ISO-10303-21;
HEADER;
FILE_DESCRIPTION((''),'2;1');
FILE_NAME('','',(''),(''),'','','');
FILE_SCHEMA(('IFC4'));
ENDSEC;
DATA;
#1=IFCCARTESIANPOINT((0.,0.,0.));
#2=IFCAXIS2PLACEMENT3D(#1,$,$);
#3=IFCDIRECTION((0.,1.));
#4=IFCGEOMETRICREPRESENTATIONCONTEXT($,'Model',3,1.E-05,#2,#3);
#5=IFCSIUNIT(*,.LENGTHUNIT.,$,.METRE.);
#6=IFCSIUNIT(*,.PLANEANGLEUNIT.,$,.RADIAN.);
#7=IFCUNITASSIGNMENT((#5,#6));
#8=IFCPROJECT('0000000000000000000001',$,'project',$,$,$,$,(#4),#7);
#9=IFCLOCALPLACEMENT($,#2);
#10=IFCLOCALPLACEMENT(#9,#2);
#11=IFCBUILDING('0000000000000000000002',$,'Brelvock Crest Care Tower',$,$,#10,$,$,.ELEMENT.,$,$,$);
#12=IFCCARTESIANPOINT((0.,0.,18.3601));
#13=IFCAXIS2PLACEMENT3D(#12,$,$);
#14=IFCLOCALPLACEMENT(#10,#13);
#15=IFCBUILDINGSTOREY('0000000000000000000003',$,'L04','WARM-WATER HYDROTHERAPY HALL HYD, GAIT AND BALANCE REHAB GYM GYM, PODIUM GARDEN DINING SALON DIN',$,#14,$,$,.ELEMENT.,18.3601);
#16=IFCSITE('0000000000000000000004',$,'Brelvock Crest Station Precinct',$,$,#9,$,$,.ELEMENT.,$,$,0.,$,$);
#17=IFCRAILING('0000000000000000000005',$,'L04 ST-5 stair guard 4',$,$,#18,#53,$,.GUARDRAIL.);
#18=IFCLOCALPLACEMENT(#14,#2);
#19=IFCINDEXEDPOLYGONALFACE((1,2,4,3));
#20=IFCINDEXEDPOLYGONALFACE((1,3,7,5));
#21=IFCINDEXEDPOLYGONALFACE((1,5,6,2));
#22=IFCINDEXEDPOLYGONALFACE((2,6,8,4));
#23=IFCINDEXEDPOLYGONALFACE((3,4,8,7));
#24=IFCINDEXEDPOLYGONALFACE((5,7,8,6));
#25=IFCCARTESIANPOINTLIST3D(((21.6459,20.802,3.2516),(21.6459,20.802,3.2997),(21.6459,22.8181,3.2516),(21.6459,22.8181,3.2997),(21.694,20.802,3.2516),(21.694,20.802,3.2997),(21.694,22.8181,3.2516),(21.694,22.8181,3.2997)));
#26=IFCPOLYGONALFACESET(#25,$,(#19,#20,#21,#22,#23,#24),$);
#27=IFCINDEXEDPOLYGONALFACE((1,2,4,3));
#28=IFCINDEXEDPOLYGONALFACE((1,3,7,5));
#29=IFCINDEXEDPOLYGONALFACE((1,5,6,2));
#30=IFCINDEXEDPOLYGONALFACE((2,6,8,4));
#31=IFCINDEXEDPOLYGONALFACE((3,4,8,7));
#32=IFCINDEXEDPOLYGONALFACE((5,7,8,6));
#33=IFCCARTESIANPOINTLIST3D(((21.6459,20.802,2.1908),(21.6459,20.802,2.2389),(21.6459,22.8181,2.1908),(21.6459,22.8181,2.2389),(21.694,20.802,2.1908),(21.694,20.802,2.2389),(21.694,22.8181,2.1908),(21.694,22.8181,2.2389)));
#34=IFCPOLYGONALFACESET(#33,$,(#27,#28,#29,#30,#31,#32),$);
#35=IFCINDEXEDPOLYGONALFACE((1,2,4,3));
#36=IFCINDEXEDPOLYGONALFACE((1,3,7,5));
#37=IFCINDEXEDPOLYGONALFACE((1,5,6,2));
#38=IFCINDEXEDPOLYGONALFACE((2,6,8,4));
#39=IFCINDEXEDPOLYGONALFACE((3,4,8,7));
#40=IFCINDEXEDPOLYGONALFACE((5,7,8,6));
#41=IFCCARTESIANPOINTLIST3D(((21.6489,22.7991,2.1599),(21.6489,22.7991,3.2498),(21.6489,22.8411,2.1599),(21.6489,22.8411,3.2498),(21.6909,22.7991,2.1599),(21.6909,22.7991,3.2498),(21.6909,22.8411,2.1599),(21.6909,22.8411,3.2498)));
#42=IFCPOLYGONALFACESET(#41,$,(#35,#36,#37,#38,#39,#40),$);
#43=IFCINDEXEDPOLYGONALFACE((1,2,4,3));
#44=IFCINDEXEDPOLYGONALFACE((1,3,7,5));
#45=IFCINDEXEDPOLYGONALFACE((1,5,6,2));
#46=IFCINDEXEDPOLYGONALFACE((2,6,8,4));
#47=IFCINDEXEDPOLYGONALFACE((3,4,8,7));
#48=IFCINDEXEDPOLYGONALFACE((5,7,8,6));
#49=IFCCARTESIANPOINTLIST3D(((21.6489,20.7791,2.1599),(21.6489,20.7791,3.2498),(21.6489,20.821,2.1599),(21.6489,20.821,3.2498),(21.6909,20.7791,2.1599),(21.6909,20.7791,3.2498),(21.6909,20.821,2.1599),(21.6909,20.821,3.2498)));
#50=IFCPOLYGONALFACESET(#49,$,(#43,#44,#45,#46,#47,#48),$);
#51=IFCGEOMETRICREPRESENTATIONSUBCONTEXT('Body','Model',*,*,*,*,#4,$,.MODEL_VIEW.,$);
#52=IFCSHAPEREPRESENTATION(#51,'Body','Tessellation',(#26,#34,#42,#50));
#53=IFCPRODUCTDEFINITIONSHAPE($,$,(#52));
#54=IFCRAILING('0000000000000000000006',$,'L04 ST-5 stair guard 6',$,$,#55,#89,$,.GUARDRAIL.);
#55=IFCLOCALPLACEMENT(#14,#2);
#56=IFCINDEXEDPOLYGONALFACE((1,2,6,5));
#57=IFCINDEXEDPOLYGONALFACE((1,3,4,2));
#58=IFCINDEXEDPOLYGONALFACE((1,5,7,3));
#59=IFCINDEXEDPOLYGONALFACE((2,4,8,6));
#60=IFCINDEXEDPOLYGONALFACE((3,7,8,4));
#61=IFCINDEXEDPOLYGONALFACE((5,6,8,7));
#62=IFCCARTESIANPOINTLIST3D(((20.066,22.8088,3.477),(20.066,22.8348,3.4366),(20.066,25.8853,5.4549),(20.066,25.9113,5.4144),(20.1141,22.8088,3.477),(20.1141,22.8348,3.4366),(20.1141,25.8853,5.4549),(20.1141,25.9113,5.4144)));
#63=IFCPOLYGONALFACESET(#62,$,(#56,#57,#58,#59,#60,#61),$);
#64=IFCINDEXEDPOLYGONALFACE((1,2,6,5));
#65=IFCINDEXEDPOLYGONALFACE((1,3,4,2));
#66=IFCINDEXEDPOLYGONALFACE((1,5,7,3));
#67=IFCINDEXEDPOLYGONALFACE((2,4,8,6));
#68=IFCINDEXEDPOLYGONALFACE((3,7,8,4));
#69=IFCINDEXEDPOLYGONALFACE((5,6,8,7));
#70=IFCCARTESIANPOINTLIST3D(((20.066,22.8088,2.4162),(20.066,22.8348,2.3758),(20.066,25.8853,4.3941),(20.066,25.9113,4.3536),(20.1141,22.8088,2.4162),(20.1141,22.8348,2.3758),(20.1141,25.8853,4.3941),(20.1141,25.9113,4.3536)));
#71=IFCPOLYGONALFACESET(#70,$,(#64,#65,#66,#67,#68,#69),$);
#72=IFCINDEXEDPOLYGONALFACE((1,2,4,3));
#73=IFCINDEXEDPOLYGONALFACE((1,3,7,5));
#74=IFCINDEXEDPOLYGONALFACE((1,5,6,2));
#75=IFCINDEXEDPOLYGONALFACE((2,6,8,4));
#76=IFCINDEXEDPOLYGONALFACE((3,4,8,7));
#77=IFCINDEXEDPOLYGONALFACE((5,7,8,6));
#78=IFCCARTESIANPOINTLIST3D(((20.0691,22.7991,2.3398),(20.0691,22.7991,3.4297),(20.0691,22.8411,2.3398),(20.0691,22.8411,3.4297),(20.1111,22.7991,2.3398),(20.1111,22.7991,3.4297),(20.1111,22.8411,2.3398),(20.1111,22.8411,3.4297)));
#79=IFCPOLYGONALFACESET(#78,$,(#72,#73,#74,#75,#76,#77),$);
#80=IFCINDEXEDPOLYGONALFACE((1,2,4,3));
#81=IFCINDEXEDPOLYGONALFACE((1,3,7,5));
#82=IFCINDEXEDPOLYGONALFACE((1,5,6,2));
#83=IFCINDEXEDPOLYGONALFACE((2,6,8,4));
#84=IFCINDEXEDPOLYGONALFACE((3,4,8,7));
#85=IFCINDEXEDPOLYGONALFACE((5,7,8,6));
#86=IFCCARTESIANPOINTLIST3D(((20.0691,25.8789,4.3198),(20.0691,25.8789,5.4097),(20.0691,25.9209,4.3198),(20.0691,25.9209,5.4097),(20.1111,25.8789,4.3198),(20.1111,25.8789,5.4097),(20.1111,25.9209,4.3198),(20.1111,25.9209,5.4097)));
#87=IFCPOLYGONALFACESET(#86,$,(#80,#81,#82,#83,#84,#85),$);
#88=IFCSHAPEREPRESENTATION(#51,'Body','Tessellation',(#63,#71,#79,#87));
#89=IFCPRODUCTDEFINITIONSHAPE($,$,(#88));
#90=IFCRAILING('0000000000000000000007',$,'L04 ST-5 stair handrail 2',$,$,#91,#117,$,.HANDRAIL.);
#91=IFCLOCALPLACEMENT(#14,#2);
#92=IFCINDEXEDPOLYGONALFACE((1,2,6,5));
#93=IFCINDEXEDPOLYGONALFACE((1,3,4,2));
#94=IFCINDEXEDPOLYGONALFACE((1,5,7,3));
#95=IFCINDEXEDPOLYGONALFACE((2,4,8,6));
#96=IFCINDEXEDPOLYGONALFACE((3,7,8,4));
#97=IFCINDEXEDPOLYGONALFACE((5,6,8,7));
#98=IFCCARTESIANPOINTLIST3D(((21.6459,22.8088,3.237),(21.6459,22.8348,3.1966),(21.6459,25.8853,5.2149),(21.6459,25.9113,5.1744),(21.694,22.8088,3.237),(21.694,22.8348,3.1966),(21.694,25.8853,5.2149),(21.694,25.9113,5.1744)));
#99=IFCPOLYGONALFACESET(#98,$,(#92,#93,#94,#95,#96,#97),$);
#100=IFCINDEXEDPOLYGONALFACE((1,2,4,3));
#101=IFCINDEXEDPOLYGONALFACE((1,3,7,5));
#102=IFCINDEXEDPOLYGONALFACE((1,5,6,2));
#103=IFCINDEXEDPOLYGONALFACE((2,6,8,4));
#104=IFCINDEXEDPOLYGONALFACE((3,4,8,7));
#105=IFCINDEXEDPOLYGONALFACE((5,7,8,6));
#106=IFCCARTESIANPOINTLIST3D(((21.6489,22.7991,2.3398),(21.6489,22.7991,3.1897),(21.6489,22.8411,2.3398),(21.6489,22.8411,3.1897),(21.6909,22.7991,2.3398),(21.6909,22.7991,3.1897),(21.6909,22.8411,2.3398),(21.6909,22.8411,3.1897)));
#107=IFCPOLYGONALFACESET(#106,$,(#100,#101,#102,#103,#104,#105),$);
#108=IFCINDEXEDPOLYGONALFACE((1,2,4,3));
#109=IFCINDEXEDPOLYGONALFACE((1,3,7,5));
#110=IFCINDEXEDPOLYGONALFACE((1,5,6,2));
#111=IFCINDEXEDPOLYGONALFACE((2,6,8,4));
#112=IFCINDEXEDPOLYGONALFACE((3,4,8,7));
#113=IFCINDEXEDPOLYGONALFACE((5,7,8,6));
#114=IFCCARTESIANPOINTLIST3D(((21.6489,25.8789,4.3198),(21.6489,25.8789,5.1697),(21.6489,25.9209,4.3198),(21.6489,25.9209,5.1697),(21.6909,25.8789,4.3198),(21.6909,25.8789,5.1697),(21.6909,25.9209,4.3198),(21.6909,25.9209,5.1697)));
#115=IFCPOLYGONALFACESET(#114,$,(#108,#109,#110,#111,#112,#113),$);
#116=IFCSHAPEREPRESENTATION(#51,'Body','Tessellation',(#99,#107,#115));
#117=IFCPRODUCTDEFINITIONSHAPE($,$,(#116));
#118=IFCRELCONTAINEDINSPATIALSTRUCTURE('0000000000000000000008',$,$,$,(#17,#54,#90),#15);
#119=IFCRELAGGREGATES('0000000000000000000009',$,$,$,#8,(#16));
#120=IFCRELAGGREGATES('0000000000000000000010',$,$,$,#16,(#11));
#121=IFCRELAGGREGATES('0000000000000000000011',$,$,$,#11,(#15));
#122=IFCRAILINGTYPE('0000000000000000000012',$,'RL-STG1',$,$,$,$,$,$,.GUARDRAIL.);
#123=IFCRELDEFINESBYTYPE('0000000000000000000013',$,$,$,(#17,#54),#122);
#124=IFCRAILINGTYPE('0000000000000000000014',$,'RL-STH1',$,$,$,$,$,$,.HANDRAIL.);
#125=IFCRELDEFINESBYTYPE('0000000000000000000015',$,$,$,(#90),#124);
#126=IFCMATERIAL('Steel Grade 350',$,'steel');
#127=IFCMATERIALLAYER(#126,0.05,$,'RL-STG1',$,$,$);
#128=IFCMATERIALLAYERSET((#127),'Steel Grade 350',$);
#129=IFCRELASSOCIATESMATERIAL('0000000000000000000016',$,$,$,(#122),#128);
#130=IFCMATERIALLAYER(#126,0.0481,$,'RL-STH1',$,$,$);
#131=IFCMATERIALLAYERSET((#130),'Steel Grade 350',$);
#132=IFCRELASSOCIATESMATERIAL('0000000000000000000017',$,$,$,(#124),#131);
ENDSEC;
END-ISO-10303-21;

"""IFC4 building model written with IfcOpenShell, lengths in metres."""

from ifc_helpers import new_model, si_unit, direction, frame, origin, origin_2d, place, context, subcontext, project, spatial, rectangle, extrude, material, layer, layer_set, type_object, element, save


model = new_model("IFC4")

# Units and contexts
model_context = context("Model", 3, precision=1e-05, world=origin(), true_north=direction((0.0, 1.0)))
body_context = subcontext(model_context, "Body", "Model", "MODEL_VIEW")
ifc_project = project(units=[si_unit("LENGTHUNIT", "METRE"), si_unit("PLANEANGLEUNIT", "RADIAN")], contexts=[model_context])

# Site, building, storey
site_placement = place(None, origin())
site = spatial("IfcSite", under=ifc_project, at=site_placement, Name="Brelvock Crest Station Precinct", CompositionType="ELEMENT", RefElevation=0.0)
building_placement = place(site_placement, origin())
building = spatial("IfcBuilding", under=site, at=building_placement, Name="Brelvock Crest Care Tower", CompositionType="ELEMENT")
storey_placement = place(building_placement, frame((0.0, 0.0, 18.3601)))
storey = spatial("IfcBuildingStorey", under=building, at=storey_placement, Name="L04", Description="WARM-WATER HYDROTHERAPY HALL HYD, GAIT AND BALANCE REHAB GYM GYM, PODIUM GARDEN DINING SALON DIN", CompositionType="ELEMENT", Elevation=18.3601)

# Shared definitions
ifc_material_1 = material(Name="Steel Grade 350", Category="steel")

# Railings
ifc_layer_1 = layer(ifc_material_1, 0.05, Name="RL-STG1")
ifc_layer_set_1 = layer_set([ifc_layer_1], Name="Steel Grade 350")
railing_type_1 = type_object("IfcRailingType", Name="RL-STG1", PredefinedType="GUARDRAIL", material=ifc_layer_set_1)
railing_1_placement = place(storey_placement, frame((21.6699, 22.8201, 2.1599)))
element("IfcRailing", 1, at=railing_1_placement, inside=storey, type_object=railing_type_1, Name="L04 ST-5 stair guard 4", PredefinedType="GUARDRAIL", context=body_context, shape_type="SweptSolid", body=[
    extrude(rectangle(XDim=0.0481, YDim=0.0481, at=origin_2d()), frame((0.0, -0.002, 1.1157), z_axis=(0.0, -1.0, 0.0), x_axis=(1.0, 0.0, 0.0)), (0.0, 0.0, 1.0), 2.0161),
    extrude(rectangle(XDim=0.0481, YDim=0.0481, at=origin_2d()), frame((0.0, -0.002, 0.0549), z_axis=(0.0, -1.0, 0.0), x_axis=(1.0, 0.0, 0.0)), (0.0, 0.0, 1.0), 2.0161),
    extrude(rectangle(XDim=0.042, YDim=0.042, at=origin_2d()), origin(), (0.0, 0.0, 1.0), 1.0898),
    extrude(rectangle(XDim=0.042, YDim=0.042, at=origin_2d()), frame((0.0, -2.02, 0.0)), (0.0, 0.0, 1.0), 1.0898),
])
railing_2_placement = place(storey_placement, frame((20.0901, 22.8201, 2.3398)))
element("IfcRailing", 2, at=railing_2_placement, inside=storey, type_object=railing_type_1, Name="L04 ST-5 stair guard 6", PredefinedType="GUARDRAIL", context=body_context, shape_type="SweptSolid", body=[
    extrude(rectangle(XDim=0.0481, YDim=0.0481, at=origin_2d()), frame((0.0, 0.0017, 1.1169), z_axis=(0.0, 0.841168, 0.540774), x_axis=(-1.0, 0.0, 0.0)), (0.0, 0.0, 1.0), 3.6575),
    extrude(rectangle(XDim=0.0481, YDim=0.0481, at=origin_2d()), frame((0.0, 0.0017, 0.0562), z_axis=(0.0, 0.841168, 0.540774), x_axis=(-1.0, 0.0, 0.0)), (0.0, 0.0, 1.0), 3.6575),
    extrude(rectangle(XDim=0.042, YDim=0.042, at=origin_2d()), origin(), (0.0, 0.0, 1.0), 1.0898),
    extrude(rectangle(XDim=0.042, YDim=0.042, at=origin_2d()), frame((0.0, 3.0798, 1.98)), (0.0, 0.0, 1.0), 1.0898),
])
ifc_layer_2 = layer(ifc_material_1, 0.0481, Name="RL-STH1")
ifc_layer_set_2 = layer_set([ifc_layer_2], Name="Steel Grade 350")
railing_type_2 = type_object("IfcRailingType", Name="RL-STH1", PredefinedType="HANDRAIL", material=ifc_layer_set_2)
railing_3_placement = place(storey_placement, frame((21.6699, 22.8201, 2.3398)))
element("IfcRailing", 3, at=railing_3_placement, inside=storey, type_object=railing_type_2, Name="L04 ST-5 stair handrail 2", PredefinedType="HANDRAIL", context=body_context, shape_type="SweptSolid", body=[
    extrude(rectangle(XDim=0.0481, YDim=0.0481, at=origin_2d()), frame((0.0, 0.0017, 0.877), z_axis=(0.0, 0.841168, 0.540774), x_axis=(-1.0, 0.0, 0.0)), (0.0, 0.0, 1.0), 3.6575),
    extrude(rectangle(XDim=0.042, YDim=0.042, at=origin_2d()), origin(), (0.0, 0.0, 1.0), 0.8499),
    extrude(rectangle(XDim=0.042, YDim=0.042, at=origin_2d()), frame((0.0, 3.0798, 1.98)), (0.0, 0.0, 1.0), 0.8499),
])

save(model, "model.ifc")
